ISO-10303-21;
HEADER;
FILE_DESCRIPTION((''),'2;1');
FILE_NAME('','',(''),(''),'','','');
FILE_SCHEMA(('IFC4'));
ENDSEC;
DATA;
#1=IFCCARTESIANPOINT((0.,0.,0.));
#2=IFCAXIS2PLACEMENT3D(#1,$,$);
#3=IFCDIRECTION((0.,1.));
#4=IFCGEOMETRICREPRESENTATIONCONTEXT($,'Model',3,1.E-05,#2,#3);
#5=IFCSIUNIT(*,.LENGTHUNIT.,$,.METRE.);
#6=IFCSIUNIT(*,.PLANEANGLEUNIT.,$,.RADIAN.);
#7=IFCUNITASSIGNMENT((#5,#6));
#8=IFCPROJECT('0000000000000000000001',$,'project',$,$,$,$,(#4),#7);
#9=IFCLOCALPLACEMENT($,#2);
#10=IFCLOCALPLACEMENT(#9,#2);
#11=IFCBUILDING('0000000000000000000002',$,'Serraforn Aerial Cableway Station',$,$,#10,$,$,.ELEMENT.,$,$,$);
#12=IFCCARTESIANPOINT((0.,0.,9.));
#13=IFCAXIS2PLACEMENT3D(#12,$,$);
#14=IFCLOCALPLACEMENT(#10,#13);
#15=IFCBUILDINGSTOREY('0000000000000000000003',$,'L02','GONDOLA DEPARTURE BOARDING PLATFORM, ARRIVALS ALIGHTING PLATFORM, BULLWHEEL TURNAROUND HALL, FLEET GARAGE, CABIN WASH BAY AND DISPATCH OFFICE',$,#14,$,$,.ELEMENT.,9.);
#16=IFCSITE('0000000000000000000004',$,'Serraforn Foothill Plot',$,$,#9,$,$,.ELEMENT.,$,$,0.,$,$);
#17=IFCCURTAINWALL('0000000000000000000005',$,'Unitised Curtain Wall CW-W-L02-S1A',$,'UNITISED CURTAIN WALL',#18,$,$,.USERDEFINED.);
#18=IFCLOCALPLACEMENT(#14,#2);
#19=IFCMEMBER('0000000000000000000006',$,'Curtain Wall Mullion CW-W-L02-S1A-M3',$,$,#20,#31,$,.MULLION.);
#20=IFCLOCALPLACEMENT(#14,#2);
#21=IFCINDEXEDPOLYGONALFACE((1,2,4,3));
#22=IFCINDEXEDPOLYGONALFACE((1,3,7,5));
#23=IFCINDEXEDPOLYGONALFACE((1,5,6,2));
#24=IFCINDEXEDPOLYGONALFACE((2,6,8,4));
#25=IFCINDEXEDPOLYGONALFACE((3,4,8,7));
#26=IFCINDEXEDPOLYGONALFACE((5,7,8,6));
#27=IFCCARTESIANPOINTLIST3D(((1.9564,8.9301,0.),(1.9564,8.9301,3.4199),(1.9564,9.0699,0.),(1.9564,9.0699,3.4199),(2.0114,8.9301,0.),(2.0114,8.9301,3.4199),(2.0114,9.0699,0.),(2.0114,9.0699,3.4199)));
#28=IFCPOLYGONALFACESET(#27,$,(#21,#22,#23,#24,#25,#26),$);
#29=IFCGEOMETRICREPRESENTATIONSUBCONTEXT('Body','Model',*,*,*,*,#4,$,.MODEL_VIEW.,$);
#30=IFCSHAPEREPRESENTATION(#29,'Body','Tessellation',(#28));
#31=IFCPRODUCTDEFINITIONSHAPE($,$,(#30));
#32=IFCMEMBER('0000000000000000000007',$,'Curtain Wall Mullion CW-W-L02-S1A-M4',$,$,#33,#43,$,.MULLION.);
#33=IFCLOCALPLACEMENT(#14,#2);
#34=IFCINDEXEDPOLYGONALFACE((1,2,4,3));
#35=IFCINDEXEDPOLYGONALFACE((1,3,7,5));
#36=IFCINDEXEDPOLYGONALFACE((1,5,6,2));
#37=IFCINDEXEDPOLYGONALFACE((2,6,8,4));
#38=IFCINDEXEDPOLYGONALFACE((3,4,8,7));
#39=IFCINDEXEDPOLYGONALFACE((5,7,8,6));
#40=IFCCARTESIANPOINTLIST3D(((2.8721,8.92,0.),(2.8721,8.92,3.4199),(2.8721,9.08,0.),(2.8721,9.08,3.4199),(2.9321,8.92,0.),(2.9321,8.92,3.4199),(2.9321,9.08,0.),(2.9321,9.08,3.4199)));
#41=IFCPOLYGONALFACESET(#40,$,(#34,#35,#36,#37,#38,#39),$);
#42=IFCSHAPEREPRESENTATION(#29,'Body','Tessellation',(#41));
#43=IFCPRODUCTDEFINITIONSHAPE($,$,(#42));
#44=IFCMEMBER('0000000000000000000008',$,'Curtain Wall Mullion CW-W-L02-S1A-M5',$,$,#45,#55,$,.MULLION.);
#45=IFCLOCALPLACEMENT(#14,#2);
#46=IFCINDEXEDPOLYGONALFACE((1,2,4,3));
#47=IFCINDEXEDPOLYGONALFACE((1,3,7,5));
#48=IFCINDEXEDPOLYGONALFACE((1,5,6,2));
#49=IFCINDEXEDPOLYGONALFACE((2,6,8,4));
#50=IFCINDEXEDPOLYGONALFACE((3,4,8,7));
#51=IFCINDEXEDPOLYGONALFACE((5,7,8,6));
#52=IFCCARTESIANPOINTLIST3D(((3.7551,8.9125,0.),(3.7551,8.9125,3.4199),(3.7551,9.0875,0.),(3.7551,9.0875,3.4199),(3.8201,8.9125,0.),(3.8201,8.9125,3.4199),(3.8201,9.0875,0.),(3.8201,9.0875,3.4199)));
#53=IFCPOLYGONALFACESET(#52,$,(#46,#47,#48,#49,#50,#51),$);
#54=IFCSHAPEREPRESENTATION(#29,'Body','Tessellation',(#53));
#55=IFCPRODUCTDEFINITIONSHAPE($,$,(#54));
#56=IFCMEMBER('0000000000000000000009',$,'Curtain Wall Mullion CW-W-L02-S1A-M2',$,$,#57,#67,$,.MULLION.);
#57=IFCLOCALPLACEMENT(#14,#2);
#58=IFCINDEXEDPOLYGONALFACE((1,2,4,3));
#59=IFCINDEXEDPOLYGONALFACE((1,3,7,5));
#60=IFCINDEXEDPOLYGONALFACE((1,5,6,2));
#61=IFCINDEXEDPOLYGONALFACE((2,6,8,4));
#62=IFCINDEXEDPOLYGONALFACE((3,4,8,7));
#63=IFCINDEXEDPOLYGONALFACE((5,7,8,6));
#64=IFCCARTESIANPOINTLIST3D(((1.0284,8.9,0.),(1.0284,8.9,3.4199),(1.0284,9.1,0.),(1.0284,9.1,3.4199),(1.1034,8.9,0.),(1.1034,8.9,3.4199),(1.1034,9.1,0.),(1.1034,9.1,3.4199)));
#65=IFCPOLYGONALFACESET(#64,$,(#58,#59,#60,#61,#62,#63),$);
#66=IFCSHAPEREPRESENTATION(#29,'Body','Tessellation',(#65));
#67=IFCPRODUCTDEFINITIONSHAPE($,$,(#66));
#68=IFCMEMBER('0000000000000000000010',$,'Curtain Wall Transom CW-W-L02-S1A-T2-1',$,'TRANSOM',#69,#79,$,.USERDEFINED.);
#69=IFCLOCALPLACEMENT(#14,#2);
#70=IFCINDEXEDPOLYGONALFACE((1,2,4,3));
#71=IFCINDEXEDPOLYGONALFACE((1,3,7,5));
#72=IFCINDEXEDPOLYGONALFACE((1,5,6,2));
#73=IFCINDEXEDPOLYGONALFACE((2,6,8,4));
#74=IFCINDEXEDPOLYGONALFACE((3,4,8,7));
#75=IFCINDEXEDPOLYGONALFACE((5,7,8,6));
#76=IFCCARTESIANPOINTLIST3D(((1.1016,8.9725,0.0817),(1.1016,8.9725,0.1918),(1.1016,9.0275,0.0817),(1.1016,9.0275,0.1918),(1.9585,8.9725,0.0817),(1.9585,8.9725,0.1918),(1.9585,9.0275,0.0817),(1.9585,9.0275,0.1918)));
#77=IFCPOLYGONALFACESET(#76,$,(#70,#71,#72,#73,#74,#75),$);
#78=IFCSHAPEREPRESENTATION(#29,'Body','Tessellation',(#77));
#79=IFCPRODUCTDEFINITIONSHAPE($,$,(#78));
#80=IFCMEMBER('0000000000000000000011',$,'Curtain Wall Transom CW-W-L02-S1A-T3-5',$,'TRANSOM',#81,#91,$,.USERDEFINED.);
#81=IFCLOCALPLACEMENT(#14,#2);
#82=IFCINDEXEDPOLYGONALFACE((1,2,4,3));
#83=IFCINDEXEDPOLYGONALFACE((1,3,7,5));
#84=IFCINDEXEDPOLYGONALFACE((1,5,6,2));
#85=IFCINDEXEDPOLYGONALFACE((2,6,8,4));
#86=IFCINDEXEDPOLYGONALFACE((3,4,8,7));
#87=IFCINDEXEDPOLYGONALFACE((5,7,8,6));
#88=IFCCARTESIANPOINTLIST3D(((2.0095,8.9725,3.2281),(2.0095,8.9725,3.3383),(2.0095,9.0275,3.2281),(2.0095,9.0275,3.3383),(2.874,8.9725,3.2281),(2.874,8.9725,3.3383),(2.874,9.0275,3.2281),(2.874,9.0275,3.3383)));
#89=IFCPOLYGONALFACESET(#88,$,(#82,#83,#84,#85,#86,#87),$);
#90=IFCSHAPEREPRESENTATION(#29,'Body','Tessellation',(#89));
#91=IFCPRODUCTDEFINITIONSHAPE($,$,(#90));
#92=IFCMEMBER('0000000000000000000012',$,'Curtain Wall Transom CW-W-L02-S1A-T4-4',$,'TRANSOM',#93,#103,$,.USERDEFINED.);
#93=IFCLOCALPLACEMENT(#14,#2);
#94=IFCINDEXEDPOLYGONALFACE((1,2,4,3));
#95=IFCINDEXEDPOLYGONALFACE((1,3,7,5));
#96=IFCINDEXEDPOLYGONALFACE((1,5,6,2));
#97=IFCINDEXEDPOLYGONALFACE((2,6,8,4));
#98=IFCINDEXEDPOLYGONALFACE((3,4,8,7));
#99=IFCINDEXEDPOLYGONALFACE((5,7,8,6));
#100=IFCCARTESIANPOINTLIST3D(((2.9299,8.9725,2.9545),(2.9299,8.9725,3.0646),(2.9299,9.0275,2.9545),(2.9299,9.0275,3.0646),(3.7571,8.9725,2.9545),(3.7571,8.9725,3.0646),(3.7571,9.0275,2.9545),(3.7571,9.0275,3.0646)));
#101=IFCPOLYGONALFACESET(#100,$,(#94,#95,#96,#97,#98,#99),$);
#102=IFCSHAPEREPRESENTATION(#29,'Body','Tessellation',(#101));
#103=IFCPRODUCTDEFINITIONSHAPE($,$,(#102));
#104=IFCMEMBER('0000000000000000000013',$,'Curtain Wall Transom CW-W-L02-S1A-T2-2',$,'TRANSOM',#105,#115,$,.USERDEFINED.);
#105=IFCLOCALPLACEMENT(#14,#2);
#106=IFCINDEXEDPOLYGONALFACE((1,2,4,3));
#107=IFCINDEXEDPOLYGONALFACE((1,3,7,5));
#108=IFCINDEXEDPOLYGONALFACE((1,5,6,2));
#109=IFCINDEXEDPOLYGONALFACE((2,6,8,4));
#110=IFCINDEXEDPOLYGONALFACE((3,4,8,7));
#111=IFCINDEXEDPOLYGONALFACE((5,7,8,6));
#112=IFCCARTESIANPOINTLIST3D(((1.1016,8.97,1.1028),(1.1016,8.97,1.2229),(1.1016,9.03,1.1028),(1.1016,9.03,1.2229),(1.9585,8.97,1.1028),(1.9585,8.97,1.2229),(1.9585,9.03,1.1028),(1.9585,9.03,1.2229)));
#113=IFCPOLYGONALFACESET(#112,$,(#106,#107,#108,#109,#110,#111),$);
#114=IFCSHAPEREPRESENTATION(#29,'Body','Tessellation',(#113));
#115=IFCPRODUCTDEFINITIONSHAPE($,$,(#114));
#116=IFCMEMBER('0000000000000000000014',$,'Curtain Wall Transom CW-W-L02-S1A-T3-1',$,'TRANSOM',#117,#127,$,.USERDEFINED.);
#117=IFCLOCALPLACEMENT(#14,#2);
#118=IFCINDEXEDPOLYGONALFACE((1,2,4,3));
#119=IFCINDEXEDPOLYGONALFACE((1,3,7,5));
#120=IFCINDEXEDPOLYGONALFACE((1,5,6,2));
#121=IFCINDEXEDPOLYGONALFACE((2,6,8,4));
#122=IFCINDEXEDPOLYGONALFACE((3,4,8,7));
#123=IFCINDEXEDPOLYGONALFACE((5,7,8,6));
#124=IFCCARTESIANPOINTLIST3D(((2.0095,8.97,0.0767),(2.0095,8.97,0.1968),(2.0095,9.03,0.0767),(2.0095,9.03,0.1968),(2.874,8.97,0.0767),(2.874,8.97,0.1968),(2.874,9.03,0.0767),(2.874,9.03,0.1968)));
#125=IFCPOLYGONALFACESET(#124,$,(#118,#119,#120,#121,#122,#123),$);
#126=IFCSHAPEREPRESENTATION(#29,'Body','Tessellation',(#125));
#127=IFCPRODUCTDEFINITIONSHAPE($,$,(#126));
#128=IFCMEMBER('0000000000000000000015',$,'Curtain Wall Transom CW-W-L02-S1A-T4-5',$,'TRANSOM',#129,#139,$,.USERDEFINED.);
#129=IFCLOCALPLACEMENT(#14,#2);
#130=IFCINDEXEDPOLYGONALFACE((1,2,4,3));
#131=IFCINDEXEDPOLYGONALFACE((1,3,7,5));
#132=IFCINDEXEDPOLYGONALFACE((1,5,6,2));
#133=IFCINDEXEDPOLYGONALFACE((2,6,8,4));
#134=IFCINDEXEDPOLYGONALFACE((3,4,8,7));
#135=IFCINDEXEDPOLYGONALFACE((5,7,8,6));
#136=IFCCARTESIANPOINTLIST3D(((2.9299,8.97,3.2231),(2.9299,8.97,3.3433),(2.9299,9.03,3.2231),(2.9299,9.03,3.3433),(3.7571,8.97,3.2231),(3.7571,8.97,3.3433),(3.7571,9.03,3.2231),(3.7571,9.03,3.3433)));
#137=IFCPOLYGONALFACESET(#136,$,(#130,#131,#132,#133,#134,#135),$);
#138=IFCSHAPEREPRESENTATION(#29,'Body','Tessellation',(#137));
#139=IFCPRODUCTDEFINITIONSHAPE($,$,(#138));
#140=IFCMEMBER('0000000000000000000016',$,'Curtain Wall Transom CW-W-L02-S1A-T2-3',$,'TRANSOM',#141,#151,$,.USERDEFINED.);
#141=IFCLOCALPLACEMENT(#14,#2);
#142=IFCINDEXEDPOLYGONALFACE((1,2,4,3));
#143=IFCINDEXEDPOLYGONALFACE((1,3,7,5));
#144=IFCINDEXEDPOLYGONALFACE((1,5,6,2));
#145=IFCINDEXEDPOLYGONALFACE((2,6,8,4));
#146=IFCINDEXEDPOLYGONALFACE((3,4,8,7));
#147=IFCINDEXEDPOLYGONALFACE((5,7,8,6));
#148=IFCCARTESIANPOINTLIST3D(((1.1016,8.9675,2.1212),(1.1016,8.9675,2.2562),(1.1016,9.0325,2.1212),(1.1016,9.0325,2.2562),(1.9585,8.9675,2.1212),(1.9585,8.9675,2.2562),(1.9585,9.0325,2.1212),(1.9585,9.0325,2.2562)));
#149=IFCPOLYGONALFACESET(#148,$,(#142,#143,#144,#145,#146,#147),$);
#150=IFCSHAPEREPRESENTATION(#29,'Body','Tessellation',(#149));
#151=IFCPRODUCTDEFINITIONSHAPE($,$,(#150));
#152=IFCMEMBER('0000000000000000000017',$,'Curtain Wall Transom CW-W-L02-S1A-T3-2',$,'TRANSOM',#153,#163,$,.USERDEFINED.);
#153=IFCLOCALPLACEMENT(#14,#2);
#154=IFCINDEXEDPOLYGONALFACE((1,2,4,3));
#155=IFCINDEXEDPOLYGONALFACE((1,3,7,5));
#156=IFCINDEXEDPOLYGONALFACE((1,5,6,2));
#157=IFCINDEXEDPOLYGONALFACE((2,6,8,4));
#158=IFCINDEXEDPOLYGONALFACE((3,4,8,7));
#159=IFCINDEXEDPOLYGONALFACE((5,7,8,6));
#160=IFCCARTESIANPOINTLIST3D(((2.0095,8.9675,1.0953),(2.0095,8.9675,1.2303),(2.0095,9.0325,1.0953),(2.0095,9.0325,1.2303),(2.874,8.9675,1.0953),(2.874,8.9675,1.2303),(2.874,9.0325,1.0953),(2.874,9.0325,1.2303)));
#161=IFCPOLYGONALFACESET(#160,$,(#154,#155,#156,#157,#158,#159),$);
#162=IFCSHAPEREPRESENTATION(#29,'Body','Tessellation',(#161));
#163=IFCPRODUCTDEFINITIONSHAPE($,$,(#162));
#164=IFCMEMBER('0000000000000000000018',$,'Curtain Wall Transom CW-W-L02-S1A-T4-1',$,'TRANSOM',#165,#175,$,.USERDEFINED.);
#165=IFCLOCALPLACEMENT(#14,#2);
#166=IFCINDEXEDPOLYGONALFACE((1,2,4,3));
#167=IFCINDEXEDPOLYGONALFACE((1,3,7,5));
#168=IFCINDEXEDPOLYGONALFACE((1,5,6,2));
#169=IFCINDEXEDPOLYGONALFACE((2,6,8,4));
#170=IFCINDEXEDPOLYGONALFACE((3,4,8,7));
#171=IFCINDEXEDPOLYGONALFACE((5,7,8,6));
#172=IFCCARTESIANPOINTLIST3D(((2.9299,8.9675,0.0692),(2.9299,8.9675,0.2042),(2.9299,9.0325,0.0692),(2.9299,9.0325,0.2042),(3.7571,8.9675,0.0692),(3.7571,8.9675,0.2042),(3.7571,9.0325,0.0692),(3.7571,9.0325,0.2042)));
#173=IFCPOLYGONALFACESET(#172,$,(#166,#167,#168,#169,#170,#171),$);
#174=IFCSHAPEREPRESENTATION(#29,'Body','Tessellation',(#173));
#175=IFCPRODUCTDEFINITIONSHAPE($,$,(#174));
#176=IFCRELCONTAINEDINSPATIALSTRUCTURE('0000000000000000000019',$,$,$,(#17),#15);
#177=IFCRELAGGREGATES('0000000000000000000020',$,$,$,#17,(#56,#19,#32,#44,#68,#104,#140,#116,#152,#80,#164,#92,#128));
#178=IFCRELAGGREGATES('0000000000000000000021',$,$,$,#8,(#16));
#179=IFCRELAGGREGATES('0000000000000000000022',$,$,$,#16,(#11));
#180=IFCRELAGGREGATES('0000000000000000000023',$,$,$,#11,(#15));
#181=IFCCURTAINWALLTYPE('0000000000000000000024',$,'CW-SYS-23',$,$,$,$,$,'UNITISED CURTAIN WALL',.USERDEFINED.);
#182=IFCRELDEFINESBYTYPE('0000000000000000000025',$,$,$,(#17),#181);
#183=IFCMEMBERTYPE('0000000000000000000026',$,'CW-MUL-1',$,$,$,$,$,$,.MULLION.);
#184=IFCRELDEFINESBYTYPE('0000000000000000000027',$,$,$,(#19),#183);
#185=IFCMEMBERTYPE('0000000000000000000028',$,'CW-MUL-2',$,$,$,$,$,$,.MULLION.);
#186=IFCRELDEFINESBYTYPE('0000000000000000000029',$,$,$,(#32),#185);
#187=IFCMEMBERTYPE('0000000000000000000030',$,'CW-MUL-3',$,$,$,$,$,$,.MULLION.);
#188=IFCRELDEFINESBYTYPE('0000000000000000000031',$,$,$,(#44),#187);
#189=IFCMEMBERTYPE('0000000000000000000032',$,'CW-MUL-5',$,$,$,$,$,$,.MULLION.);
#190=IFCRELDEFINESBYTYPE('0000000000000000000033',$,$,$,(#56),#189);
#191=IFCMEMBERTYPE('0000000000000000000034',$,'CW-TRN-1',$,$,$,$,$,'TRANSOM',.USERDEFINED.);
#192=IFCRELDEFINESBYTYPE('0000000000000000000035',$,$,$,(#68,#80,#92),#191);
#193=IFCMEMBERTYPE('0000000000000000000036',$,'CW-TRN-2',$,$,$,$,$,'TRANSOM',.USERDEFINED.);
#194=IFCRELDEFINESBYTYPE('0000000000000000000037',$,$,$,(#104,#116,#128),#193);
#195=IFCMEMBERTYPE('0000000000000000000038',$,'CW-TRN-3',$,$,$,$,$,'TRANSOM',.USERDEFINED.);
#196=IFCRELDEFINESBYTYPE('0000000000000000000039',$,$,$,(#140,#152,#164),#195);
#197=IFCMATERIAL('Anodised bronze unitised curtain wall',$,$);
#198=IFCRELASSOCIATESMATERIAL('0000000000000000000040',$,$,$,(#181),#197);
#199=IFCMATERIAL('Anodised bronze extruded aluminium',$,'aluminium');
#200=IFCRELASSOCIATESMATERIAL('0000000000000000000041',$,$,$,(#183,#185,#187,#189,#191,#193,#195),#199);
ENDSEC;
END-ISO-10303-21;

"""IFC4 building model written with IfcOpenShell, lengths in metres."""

from ifc_helpers import new_model, si_unit, direction, frame, origin, origin_2d, place, context, subcontext, project, spatial, rectangle, extrude, material, material_profile, profile_set, type_object, element, aggregate, save


model = new_model("IFC4")

# Units and contexts
model_context = context("Model", 3, precision=1e-05, world=origin(), true_north=direction((0.0, 1.0)))
body_context = subcontext(model_context, "Body", "Model", "MODEL_VIEW")
ifc_project = project(units=[si_unit("LENGTHUNIT", "METRE"), si_unit("PLANEANGLEUNIT", "RADIAN")], contexts=[model_context])

# Site, building, storey
site_placement = place(None, origin())
site = spatial("IfcSite", under=ifc_project, at=site_placement, Name="Serraforn Foothill Plot", CompositionType="ELEMENT", RefElevation=0.0)
building_placement = place(site_placement, origin())
building = spatial("IfcBuilding", under=site, at=building_placement, Name="Serraforn Aerial Cableway Station", CompositionType="ELEMENT")
storey_placement = place(building_placement, frame((0.0, 0.0, 9.0)))
storey = spatial("IfcBuildingStorey", under=building, at=storey_placement, Name="L02", Description="GONDOLA DEPARTURE BOARDING PLATFORM, ARRIVALS ALIGHTING PLATFORM, BULLWHEEL TURNAROUND HALL, FLEET GARAGE, CABIN WASH BAY AND DISPATCH OFFICE", CompositionType="ELEMENT", Elevation=9.0)

# Curtain wall, members
ifc_material_1 = material(Name="Anodised bronze unitised curtain wall")
curtain_wall_type = type_object("IfcCurtainWallType", Name="CW-SYS-23", ElementType="UNITISED CURTAIN WALL", PredefinedType="USERDEFINED", material=ifc_material_1)
curtain_wall_placement = place(storey_placement, origin())
curtain_wall = element("IfcCurtainWall", 1, at=curtain_wall_placement, inside=storey, type_object=curtain_wall_type, Name="Unitised Curtain Wall CW-W-L02-S1A", ObjectType="UNITISED CURTAIN WALL", PredefinedType="USERDEFINED")
ifc_material_2 = material(Name="Anodised bronze extruded aluminium", Category="aluminium")
ifc_material_profile_1 = material_profile(ifc_material_2, rectangle(XDim=0.0549, YDim=0.1399, at=origin_2d()), Name="CW MULLION 55x140")
ifc_profile_set_1 = profile_set([ifc_material_profile_1], Name="Anodised bronze extruded aluminium")
member_type_1 = type_object("IfcMemberType", Name="CW-MUL-1", PredefinedType="MULLION", material=ifc_profile_set_1)
member_1_placement = place(storey_placement, frame((1.9839, 9.0, 0.0), z_axis=(0.0, 0.0, 1.0), x_axis=(1.0, 0.0, 0.0)))
member_1 = element("IfcMember", 2, at=member_1_placement, type_object=member_type_1, Name="Curtain Wall Mullion CW-W-L02-S1A-M3", PredefinedType="MULLION", context=body_context, shape_type="SweptSolid", body=[
    extrude(rectangle(XDim=0.0549, YDim=0.1399, at=origin_2d()), origin(), (0.0, 0.0, 1.0), 3.4199),
])
ifc_material_profile_2 = material_profile(ifc_material_2, rectangle(XDim=0.0601, YDim=0.1599, at=origin_2d()), Name="CW MULLION 60x160")
ifc_profile_set_2 = profile_set([ifc_material_profile_2], Name="Anodised bronze extruded aluminium")
member_type_2 = type_object("IfcMemberType", Name="CW-MUL-2", PredefinedType="MULLION", material=ifc_profile_set_2)
member_2_placement = place(storey_placement, frame((2.9021, 9.0, 0.0), z_axis=(0.0, 0.0, 1.0), x_axis=(1.0, 0.0, 0.0)))
member_2 = element("IfcMember", 3, at=member_2_placement, type_object=member_type_2, Name="Curtain Wall Mullion CW-W-L02-S1A-M4", PredefinedType="MULLION", context=body_context, shape_type="SweptSolid", body=[
    extrude(rectangle(XDim=0.0601, YDim=0.1599, at=origin_2d()), origin(), (0.0, 0.0, 1.0), 3.4199),
])
ifc_material_profile_3 = material_profile(ifc_material_2, rectangle(XDim=0.0649, YDim=0.175, at=origin_2d()), Name="CW MULLION 65x175")
ifc_profile_set_3 = profile_set([ifc_material_profile_3], Name="Anodised bronze extruded aluminium")
member_type_3 = type_object("IfcMemberType", Name="CW-MUL-3", PredefinedType="MULLION", material=ifc_profile_set_3)
member_3_placement = place(storey_placement, frame((3.7876, 9.0, 0.0), z_axis=(0.0, 0.0, 1.0), x_axis=(1.0, 0.0, 0.0)))
member_3 = element("IfcMember", 4, at=member_3_placement, type_object=member_type_3, Name="Curtain Wall Mullion CW-W-L02-S1A-M5", PredefinedType="MULLION", context=body_context, shape_type="SweptSolid", body=[
    extrude(rectangle(XDim=0.0649, YDim=0.175, at=origin_2d()), origin(), (0.0, 0.0, 1.0), 3.4199),
])
ifc_material_profile_4 = material_profile(ifc_material_2, rectangle(XDim=0.075, YDim=0.2, at=origin_2d()), Name="CW MULLION 75x200")
ifc_profile_set_4 = profile_set([ifc_material_profile_4], Name="Anodised bronze extruded aluminium")
member_type_4 = type_object("IfcMemberType", Name="CW-MUL-5", PredefinedType="MULLION", material=ifc_profile_set_4)
member_4_placement = place(storey_placement, frame((1.0659, 9.0, 0.0), z_axis=(0.0, 0.0, 1.0), x_axis=(1.0, 0.0, 0.0)))
member_4 = element("IfcMember", 5, at=member_4_placement, type_object=member_type_4, Name="Curtain Wall Mullion CW-W-L02-S1A-M2", PredefinedType="MULLION", context=body_context, shape_type="SweptSolid", body=[
    extrude(rectangle(XDim=0.075, YDim=0.2, at=origin_2d()), origin(), (0.0, 0.0, 1.0), 3.4199),
])
ifc_material_profile_5 = material_profile(ifc_material_2, rectangle(XDim=0.0549, YDim=0.1101, at=origin_2d()), Name="CW TRANSOM 55x110")
ifc_profile_set_5 = profile_set([ifc_material_profile_5], Name="Anodised bronze extruded aluminium")
member_type_5 = type_object("IfcMemberType", Name="CW-TRN-1", ElementType="TRANSOM", PredefinedType="USERDEFINED", material=ifc_profile_set_5)
member_5_placement = place(storey_placement, frame((1.1016, 9.0, 0.1367), z_axis=(1.0, 0.0, 0.0), x_axis=(0.0, 1.0, 0.0)))
member_5 = element("IfcMember", 6, at=member_5_placement, type_object=member_type_5, Name="Curtain Wall Transom CW-W-L02-S1A-T2-1", ObjectType="TRANSOM", PredefinedType="USERDEFINED", context=body_context, shape_type="SweptSolid", body=[
    extrude(rectangle(XDim=0.0549, YDim=0.1101, at=origin_2d()), origin(), (0.0, 0.0, 1.0), 0.8569),
])
member_6_placement = place(storey_placement, frame((2.0095, 9.0, 3.2832), z_axis=(1.0, 0.0, 0.0), x_axis=(0.0, 1.0, 0.0)))
member_6 = element("IfcMember", 7, at=member_6_placement, type_object=member_type_5, Name="Curtain Wall Transom CW-W-L02-S1A-T3-5", ObjectType="TRANSOM", PredefinedType="USERDEFINED", context=body_context, shape_type="SweptSolid", body=[
    extrude(rectangle(XDim=0.0549, YDim=0.1101, at=origin_2d()), origin(), (0.0, 0.0, 1.0), 0.8645),
])
member_7_placement = place(storey_placement, frame((2.9299, 9.0, 3.0095), z_axis=(1.0, 0.0, 0.0), x_axis=(0.0, 1.0, 0.0)))
member_7 = element("IfcMember", 8, at=member_7_placement, type_object=member_type_5, Name="Curtain Wall Transom CW-W-L02-S1A-T4-4", ObjectType="TRANSOM", PredefinedType="USERDEFINED", context=body_context, shape_type="SweptSolid", body=[
    extrude(rectangle(XDim=0.0549, YDim=0.1101, at=origin_2d()), origin(), (0.0, 0.0, 1.0), 0.8271),
])
ifc_material_profile_6 = material_profile(ifc_material_2, rectangle(XDim=0.0601, YDim=0.1201, at=origin_2d()), Name="CW TRANSOM 60x120")
ifc_profile_set_6 = profile_set([ifc_material_profile_6], Name="Anodised bronze extruded aluminium")
member_type_6 = type_object("IfcMemberType", Name="CW-TRN-2", ElementType="TRANSOM", PredefinedType="USERDEFINED", material=ifc_profile_set_6)
member_8_placement = place(storey_placement, frame((1.1016, 9.0, 1.1628), z_axis=(1.0, 0.0, 0.0), x_axis=(0.0, 1.0, 0.0)))
member_8 = element("IfcMember", 9, at=member_8_placement, type_object=member_type_6, Name="Curtain Wall Transom CW-W-L02-S1A-T2-2", ObjectType="TRANSOM", PredefinedType="USERDEFINED", context=body_context, shape_type="SweptSolid", body=[
    extrude(rectangle(XDim=0.0601, YDim=0.1201, at=origin_2d()), origin(), (0.0, 0.0, 1.0), 0.8569),
])
member_9_placement = place(storey_placement, frame((2.0095, 9.0, 0.1367), z_axis=(1.0, 0.0, 0.0), x_axis=(0.0, 1.0, 0.0)))
member_9 = element("IfcMember", 10, at=member_9_placement, type_object=member_type_6, Name="Curtain Wall Transom CW-W-L02-S1A-T3-1", ObjectType="TRANSOM", PredefinedType="USERDEFINED", context=body_context, shape_type="SweptSolid", body=[
    extrude(rectangle(XDim=0.0601, YDim=0.1201, at=origin_2d()), origin(), (0.0, 0.0, 1.0), 0.8645),
])
member_10_placement = place(storey_placement, frame((2.9299, 9.0, 3.2832), z_axis=(1.0, 0.0, 0.0), x_axis=(0.0, 1.0, 0.0)))
member_10 = element("IfcMember", 11, at=member_10_placement, type_object=member_type_6, Name="Curtain Wall Transom CW-W-L02-S1A-T4-5", ObjectType="TRANSOM", PredefinedType="USERDEFINED", context=body_context, shape_type="SweptSolid", body=[
    extrude(rectangle(XDim=0.0601, YDim=0.1201, at=origin_2d()), origin(), (0.0, 0.0, 1.0), 0.8271),
])
ifc_material_profile_7 = material_profile(ifc_material_2, rectangle(XDim=0.0649, YDim=0.135, at=origin_2d()), Name="CW TRANSOM 65x135")
ifc_profile_set_7 = profile_set([ifc_material_profile_7], Name="Anodised bronze extruded aluminium")
member_type_7 = type_object("IfcMemberType", Name="CW-TRN-3", ElementType="TRANSOM", PredefinedType="USERDEFINED", material=ifc_profile_set_7)
member_11_placement = place(storey_placement, frame((1.1016, 9.0, 2.1887), z_axis=(1.0, 0.0, 0.0), x_axis=(0.0, 1.0, 0.0)))
member_11 = element("IfcMember", 12, at=member_11_placement, type_object=member_type_7, Name="Curtain Wall Transom CW-W-L02-S1A-T2-3", ObjectType="TRANSOM", PredefinedType="USERDEFINED", context=body_context, shape_type="SweptSolid", body=[
    extrude(rectangle(XDim=0.0649, YDim=0.135, at=origin_2d()), origin(), (0.0, 0.0, 1.0), 0.8569),
])
member_12_placement = place(storey_placement, frame((2.0095, 9.0, 1.1628), z_axis=(1.0, 0.0, 0.0), x_axis=(0.0, 1.0, 0.0)))
member_12 = element("IfcMember", 13, at=member_12_placement, type_object=member_type_7, Name="Curtain Wall Transom CW-W-L02-S1A-T3-2", ObjectType="TRANSOM", PredefinedType="USERDEFINED", context=body_context, shape_type="SweptSolid", body=[
    extrude(rectangle(XDim=0.0649, YDim=0.135, at=origin_2d()), origin(), (0.0, 0.0, 1.0), 0.8645),
])
member_13_placement = place(storey_placement, frame((2.9299, 9.0, 0.1367), z_axis=(1.0, 0.0, 0.0), x_axis=(0.0, 1.0, 0.0)))
member_13 = element("IfcMember", 14, at=member_13_placement, type_object=member_type_7, Name="Curtain Wall Transom CW-W-L02-S1A-T4-1", ObjectType="TRANSOM", PredefinedType="USERDEFINED", context=body_context, shape_type="SweptSolid", body=[
    extrude(rectangle(XDim=0.0649, YDim=0.135, at=origin_2d()), origin(), (0.0, 0.0, 1.0), 0.8271),
])
aggregate(curtain_wall, [member_4, member_1, member_2, member_3, member_5, member_8, member_11, member_9, member_12, member_6, member_13, member_7, member_10])

save(model, "model.ifc")
